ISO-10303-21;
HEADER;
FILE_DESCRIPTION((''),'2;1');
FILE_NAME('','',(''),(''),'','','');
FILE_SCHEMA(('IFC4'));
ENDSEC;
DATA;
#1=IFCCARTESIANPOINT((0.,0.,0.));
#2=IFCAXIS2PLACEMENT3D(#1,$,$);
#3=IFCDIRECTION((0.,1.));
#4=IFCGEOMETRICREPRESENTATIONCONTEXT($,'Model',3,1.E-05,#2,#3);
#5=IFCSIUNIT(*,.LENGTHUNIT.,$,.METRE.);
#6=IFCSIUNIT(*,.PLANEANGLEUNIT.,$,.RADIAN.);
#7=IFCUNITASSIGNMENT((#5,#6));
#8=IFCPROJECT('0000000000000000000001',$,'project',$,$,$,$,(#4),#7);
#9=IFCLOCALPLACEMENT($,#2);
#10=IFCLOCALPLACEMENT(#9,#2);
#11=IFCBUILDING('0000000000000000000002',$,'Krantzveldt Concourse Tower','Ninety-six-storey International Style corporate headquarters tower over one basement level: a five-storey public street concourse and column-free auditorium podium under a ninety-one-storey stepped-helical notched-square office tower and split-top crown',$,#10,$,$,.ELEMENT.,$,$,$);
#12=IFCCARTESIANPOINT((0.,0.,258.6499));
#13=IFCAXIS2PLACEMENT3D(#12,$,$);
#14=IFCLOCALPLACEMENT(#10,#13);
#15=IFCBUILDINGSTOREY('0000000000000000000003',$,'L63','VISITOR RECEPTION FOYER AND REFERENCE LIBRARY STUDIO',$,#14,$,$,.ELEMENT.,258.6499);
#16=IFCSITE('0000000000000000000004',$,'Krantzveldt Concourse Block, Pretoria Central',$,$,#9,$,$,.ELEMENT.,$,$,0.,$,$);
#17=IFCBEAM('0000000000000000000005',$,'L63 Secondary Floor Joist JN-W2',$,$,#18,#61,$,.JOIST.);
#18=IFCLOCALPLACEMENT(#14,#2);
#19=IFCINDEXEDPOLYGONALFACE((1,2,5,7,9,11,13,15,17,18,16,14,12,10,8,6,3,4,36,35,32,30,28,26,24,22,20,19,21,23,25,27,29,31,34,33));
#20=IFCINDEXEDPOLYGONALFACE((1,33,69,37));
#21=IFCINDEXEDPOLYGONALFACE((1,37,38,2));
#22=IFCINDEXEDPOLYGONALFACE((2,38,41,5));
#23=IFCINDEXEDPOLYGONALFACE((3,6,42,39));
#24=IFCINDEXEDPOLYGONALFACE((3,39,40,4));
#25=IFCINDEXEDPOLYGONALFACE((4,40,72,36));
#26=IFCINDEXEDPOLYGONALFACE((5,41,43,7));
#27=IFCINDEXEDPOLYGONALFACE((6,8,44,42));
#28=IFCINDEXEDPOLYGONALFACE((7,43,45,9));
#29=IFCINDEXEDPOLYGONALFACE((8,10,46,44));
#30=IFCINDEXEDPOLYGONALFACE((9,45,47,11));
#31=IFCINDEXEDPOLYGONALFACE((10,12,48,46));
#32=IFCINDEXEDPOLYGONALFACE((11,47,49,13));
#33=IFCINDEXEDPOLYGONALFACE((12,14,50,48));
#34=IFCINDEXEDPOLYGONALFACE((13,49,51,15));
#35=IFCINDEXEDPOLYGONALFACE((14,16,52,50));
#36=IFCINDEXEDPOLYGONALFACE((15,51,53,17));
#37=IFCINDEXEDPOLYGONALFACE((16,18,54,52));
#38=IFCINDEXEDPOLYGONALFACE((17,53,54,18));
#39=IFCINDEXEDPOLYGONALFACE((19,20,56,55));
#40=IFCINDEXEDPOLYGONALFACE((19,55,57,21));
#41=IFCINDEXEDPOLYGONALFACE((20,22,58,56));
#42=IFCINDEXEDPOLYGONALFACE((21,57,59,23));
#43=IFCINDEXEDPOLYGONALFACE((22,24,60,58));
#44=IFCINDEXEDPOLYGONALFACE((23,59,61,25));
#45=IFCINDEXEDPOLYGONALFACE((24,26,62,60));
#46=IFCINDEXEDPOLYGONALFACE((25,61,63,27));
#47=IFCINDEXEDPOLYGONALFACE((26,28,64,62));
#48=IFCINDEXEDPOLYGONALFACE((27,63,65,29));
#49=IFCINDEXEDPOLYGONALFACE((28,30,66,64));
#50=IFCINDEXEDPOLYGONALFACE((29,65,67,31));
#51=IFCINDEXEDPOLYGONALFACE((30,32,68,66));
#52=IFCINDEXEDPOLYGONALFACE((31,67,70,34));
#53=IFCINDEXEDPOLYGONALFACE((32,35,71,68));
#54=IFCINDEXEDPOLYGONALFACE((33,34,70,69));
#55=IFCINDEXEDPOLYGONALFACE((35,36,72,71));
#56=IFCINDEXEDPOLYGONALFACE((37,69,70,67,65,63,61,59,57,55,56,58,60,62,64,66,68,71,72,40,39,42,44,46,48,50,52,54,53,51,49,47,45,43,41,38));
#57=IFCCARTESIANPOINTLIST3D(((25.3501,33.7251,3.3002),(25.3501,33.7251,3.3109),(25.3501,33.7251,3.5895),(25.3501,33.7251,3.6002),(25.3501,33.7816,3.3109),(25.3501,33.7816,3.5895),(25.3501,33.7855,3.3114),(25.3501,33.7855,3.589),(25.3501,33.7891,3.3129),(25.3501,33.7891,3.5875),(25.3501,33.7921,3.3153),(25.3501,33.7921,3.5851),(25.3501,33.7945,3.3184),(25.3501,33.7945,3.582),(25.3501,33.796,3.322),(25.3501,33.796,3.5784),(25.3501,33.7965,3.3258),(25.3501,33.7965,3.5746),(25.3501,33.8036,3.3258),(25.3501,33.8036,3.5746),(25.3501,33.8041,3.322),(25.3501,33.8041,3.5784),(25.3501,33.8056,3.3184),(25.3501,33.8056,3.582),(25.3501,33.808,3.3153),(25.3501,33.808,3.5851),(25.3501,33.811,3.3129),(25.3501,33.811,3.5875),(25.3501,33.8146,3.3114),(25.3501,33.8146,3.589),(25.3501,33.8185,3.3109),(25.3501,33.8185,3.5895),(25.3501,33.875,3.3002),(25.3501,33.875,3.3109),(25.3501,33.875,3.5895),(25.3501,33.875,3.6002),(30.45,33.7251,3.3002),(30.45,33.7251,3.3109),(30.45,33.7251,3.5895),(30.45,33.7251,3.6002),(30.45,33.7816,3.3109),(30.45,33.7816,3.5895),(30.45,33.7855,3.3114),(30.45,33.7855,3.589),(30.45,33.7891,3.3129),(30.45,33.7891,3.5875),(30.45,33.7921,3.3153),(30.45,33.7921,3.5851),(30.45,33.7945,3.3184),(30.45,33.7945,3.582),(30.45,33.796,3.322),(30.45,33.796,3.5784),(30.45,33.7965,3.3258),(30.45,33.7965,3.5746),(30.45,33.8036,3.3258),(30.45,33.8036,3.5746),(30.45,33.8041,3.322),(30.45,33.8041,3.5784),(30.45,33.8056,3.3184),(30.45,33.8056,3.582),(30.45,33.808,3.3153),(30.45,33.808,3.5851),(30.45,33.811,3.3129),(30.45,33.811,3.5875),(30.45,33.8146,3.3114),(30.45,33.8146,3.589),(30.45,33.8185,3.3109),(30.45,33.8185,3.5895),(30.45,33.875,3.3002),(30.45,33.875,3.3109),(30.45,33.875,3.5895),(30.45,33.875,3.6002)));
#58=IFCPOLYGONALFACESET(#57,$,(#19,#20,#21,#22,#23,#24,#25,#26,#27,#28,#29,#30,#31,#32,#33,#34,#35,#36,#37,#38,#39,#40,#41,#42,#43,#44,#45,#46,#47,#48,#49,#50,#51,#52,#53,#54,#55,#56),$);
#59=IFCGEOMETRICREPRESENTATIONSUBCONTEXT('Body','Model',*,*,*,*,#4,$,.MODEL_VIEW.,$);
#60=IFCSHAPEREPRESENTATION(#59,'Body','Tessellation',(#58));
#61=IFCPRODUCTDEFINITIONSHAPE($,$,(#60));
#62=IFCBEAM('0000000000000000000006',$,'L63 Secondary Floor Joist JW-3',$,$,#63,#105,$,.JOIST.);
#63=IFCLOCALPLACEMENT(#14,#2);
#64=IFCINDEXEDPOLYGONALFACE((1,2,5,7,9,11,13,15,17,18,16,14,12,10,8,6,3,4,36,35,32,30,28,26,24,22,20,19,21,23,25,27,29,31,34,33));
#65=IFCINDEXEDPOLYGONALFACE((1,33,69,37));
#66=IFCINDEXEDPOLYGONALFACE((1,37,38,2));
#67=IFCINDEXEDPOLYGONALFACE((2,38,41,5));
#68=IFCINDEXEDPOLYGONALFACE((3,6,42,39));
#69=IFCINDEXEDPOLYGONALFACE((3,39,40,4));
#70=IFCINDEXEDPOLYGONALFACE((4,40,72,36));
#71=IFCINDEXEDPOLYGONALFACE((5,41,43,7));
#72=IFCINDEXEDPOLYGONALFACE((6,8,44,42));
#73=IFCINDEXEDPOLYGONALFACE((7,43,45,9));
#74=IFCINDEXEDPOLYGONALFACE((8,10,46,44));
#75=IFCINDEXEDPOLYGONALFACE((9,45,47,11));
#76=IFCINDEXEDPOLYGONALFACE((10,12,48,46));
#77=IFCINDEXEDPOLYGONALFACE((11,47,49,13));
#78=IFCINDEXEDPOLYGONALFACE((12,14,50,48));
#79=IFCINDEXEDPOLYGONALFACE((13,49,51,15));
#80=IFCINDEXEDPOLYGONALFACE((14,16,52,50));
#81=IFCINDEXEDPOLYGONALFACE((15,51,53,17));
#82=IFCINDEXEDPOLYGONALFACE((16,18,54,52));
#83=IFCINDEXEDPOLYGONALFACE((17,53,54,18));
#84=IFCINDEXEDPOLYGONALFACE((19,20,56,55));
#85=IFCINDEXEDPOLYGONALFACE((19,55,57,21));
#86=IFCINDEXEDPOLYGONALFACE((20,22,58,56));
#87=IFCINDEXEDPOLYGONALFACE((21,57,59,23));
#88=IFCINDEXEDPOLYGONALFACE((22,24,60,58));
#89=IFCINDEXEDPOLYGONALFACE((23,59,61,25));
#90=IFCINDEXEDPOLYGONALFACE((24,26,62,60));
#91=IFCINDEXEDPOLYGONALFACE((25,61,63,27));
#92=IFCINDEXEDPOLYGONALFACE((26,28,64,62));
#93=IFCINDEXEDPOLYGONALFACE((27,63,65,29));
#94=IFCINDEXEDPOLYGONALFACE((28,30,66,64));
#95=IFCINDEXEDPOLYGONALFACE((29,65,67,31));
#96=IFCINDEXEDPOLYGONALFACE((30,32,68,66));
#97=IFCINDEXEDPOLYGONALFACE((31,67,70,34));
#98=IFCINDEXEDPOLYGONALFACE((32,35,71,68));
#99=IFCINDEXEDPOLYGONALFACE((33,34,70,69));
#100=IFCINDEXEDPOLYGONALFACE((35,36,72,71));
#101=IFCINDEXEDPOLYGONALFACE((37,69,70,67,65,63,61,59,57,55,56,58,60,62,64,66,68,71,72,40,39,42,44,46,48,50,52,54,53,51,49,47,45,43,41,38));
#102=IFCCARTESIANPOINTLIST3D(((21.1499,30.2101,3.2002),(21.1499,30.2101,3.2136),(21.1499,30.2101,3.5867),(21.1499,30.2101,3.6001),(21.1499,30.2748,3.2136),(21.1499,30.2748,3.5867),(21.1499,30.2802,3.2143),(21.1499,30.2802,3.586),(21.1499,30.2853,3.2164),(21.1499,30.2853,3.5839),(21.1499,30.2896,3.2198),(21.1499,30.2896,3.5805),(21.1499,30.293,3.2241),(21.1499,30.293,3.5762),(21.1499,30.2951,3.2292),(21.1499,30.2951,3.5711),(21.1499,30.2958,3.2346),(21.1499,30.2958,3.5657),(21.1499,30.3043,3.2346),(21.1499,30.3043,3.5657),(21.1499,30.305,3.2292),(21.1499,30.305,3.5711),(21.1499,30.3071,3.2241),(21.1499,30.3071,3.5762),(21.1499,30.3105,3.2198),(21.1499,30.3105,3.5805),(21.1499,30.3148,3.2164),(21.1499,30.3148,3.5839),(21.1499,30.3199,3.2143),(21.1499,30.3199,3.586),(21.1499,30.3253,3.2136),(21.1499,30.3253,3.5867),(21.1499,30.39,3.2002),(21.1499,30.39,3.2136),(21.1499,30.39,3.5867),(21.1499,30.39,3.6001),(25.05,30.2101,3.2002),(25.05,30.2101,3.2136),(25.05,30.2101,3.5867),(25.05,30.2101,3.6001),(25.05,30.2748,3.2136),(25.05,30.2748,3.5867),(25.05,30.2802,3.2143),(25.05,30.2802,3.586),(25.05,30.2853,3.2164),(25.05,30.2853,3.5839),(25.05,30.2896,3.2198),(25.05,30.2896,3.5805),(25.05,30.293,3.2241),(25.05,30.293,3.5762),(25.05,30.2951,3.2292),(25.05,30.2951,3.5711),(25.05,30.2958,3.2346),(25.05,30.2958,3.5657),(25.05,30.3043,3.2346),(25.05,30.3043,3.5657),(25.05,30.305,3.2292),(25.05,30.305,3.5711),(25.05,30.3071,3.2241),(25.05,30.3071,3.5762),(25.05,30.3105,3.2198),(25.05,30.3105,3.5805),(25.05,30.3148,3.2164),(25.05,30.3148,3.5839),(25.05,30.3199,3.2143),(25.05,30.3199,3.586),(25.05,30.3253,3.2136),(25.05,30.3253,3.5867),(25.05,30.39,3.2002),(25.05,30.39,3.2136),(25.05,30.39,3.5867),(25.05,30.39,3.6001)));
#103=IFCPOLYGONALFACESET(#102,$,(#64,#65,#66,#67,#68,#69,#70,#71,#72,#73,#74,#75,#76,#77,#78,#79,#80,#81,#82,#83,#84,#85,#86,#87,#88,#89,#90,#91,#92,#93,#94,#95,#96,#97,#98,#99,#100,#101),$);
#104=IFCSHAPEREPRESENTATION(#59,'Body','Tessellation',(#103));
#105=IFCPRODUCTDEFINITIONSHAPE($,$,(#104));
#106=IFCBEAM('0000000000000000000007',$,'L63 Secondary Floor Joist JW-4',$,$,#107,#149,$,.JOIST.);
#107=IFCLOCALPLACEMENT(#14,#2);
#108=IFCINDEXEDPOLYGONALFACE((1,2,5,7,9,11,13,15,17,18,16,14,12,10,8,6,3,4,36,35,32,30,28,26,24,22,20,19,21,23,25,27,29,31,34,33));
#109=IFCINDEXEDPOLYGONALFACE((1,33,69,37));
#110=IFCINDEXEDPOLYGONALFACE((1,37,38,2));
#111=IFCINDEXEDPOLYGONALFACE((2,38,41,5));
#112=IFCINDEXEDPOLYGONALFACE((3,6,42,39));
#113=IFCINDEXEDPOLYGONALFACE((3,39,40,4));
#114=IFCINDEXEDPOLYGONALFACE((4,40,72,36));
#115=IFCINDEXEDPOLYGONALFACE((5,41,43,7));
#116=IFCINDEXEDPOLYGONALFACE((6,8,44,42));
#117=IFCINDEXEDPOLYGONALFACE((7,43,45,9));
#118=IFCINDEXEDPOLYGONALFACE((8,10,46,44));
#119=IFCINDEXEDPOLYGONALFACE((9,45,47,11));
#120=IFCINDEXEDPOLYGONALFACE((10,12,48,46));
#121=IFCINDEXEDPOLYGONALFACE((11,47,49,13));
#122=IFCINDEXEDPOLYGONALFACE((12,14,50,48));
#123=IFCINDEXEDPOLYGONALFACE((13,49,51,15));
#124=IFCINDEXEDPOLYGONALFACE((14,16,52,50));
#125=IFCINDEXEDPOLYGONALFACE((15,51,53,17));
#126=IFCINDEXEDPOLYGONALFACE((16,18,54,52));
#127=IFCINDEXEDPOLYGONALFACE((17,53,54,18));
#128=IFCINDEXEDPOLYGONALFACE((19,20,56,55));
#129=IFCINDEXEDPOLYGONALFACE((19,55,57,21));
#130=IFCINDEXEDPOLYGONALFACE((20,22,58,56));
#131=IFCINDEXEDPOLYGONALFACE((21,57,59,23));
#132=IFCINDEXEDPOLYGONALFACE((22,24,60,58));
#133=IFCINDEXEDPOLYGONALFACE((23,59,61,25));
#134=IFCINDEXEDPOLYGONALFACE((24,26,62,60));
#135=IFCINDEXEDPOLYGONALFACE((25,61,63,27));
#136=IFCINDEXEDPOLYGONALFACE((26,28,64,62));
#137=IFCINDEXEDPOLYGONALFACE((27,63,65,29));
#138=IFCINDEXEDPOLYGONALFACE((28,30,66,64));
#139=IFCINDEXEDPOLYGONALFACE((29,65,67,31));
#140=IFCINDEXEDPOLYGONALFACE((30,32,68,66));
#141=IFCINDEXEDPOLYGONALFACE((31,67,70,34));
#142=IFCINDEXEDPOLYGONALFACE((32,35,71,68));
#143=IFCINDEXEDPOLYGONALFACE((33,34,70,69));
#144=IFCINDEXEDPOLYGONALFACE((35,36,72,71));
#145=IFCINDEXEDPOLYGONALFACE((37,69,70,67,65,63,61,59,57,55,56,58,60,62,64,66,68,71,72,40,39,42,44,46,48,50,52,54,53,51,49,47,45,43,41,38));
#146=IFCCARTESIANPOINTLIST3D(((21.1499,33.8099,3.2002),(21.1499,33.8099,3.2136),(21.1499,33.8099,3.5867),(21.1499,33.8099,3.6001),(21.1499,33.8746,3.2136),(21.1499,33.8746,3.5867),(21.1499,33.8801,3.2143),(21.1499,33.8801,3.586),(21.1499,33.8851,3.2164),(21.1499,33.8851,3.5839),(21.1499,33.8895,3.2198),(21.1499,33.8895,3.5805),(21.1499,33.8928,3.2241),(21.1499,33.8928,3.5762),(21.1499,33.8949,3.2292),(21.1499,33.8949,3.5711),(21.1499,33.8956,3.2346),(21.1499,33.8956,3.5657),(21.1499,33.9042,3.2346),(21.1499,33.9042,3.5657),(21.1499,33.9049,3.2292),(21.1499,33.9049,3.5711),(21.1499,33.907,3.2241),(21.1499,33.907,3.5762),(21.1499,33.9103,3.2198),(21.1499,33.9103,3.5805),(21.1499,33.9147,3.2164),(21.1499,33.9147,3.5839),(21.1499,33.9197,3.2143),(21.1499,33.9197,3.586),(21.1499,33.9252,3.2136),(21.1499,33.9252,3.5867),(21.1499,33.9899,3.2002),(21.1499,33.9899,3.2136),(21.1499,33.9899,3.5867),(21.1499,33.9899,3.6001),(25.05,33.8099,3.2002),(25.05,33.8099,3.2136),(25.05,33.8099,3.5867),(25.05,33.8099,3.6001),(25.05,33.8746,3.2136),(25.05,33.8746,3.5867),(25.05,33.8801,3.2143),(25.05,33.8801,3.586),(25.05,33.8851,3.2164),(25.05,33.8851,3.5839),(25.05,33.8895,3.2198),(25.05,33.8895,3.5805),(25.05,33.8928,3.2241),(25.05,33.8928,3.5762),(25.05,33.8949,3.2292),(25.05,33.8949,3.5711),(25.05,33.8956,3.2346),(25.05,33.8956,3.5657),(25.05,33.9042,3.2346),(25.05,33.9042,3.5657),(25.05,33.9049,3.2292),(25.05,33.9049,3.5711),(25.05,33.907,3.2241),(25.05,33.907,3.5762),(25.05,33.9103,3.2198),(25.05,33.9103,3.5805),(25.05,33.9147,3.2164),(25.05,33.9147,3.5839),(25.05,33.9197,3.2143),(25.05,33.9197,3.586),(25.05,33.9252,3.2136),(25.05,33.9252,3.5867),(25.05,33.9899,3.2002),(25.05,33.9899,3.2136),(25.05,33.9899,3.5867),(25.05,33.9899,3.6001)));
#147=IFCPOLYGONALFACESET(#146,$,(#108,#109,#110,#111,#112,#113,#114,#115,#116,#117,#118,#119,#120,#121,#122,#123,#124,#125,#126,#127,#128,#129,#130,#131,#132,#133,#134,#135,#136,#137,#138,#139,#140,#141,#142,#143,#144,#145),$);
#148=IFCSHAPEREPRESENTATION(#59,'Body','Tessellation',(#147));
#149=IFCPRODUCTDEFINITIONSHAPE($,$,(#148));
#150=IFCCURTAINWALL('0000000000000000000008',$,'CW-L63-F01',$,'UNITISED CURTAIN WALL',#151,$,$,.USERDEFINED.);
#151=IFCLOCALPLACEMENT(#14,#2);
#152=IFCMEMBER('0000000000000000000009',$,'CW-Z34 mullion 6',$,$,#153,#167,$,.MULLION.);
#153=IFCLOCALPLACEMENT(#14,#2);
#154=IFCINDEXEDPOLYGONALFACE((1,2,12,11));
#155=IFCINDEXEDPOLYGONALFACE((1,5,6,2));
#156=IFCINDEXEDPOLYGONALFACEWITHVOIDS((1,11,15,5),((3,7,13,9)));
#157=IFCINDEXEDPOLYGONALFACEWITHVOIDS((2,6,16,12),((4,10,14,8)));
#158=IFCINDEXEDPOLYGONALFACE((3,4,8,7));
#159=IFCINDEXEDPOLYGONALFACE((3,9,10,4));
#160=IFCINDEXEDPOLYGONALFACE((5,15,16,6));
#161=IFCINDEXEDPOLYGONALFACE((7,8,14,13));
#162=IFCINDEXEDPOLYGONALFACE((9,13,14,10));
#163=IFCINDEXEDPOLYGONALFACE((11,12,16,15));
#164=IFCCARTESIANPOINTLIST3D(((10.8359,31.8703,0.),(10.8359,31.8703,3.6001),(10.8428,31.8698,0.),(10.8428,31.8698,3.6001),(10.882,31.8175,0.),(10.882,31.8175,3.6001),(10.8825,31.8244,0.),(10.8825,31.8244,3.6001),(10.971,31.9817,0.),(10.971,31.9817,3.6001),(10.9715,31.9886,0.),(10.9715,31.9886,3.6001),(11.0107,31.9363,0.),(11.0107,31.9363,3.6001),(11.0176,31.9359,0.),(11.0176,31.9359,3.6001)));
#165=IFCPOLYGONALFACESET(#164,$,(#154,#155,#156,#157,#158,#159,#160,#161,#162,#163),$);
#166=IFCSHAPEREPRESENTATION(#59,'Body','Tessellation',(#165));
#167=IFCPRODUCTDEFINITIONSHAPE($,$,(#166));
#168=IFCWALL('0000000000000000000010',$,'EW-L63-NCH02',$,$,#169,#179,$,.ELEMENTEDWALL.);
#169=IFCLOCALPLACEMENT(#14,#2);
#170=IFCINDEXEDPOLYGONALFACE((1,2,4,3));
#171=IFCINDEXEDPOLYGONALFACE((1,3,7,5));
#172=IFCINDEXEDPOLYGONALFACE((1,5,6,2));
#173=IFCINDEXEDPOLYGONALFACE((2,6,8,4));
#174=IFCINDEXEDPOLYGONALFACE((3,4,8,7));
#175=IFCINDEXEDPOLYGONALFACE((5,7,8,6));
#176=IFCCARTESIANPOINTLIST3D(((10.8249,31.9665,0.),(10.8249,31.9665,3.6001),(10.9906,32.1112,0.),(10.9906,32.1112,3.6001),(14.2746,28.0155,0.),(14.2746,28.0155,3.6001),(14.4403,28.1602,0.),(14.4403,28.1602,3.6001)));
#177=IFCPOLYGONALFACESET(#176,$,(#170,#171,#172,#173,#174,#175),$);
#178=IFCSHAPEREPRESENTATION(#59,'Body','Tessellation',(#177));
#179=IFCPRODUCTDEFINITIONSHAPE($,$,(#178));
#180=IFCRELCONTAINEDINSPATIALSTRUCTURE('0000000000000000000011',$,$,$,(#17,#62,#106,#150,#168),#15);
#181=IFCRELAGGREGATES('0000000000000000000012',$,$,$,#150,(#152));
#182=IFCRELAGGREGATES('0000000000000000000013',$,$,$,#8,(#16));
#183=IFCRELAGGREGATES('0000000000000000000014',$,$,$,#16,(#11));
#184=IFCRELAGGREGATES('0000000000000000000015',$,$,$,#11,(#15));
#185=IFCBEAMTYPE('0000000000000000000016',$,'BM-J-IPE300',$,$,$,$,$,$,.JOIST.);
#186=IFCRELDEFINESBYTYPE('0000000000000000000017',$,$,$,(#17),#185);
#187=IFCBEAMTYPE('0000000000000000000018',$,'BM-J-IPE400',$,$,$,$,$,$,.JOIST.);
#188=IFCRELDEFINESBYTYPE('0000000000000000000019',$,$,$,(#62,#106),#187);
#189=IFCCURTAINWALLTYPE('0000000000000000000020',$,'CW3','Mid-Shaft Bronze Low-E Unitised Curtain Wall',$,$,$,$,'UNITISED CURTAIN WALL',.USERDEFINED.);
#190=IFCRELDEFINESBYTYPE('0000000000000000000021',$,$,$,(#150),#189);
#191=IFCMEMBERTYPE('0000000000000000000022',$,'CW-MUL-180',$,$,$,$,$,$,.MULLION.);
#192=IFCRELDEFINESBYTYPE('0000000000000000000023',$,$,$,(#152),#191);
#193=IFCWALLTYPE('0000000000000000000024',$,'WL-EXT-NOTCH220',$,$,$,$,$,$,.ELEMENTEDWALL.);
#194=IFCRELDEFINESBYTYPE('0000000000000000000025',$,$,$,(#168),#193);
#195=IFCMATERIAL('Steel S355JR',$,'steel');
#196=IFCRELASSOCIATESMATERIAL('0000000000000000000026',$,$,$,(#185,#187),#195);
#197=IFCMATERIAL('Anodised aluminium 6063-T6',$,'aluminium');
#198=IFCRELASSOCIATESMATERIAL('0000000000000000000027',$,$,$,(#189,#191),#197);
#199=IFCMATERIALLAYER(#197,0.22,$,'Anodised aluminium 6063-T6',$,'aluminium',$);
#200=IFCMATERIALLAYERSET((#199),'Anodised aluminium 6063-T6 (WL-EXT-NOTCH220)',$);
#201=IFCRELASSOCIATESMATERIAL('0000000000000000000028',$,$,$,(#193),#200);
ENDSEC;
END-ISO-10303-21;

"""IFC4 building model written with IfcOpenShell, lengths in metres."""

from ifc_helpers import new_model, si_unit, direction, frame, frame_2d, origin, origin_2d, place, context, subcontext, project, spatial, rectangle, hollow_rectangle, i_section, extrude, source, transform, mapped, material, layer, layer_set, material_profile, profile_set, type_object, type_shapes, element, aggregate, save


model = new_model("IFC4")

# Units and contexts
model_context = context("Model", 3, precision=1e-05, world=origin(), true_north=direction((0.0, 1.0)))
body_context = subcontext(model_context, "Body", "Model", "MODEL_VIEW")
ifc_project = project(units=[si_unit("LENGTHUNIT", "METRE"), si_unit("PLANEANGLEUNIT", "RADIAN")], contexts=[model_context])

# Site, building, storey
site_placement = place(None, origin())
site = spatial("IfcSite", under=ifc_project, at=site_placement, Name="Krantzveldt Concourse Block, Pretoria Central", CompositionType="ELEMENT", RefElevation=0.0)
building_placement = place(site_placement, origin())
building = spatial("IfcBuilding", under=site, at=building_placement, Name="Krantzveldt Concourse Tower", Description="Ninety-six-storey International Style corporate headquarters tower over one basement level: a five-storey public street concourse and column-free auditorium podium under a ninety-one-storey stepped-helical notched-square office tower and split-top crown", CompositionType="ELEMENT")
storey_placement = place(building_placement, frame((0.0, 0.0, 258.6499)))
storey = spatial("IfcBuildingStorey", under=building, at=storey_placement, Name="L63", Description="VISITOR RECEPTION FOYER AND REFERENCE LIBRARY STUDIO", CompositionType="ELEMENT", Elevation=258.6499)

# Beams
ifc_material_1 = material(Name="Steel S355JR", Category="steel")
ifc_material_profile_1 = material_profile(ifc_material_1, i_section(OverallWidth=0.1499, OverallDepth=0.3, WebThickness=0.0071, FlangeThickness=0.0107, FilletRadius=0.0149, at=origin_2d()), Name="Steel S355JR", Category="steel")
ifc_profile_set_1 = profile_set([ifc_material_profile_1], Name="Steel S355JR - IPE 300")
beam_type_1 = type_object("IfcBeamType", Name="BM-J-IPE300", PredefinedType="JOIST", material=ifc_profile_set_1)
shared_shape_1 = source(origin(), body_context, "Body", "SweptSolid", [
    extrude(i_section(OverallWidth=0.1499, OverallDepth=0.3, WebThickness=0.0071, FlangeThickness=0.0107, FilletRadius=0.0149, at=origin_2d()), origin(), (0.0, 0.0, 1.0), 5.0999),
])
type_shapes(beam_type_1, [shared_shape_1])
for number, where, z_axis, x_axis, name in (
    (1, (25.3501, 33.8, 3.4502), (1.0, 0.0, 0.0), (0.0, 1.0, 0.0), "L63 Secondary Floor Joist JN-W2"),
):
    element("IfcBeam", number, at=place(storey_placement, frame(where, z_axis=z_axis, x_axis=x_axis)), inside=storey, type_object=beam_type_1, Name=name, PredefinedType="JOIST", context=body_context, shape_type="MappedRepresentation", body=[
        mapped(shared_shape_1, transform((0.0, 0.0, 0.0), x_axis=(1.0, 0.0, 0.0), y_axis=(0.0, 1.0, 0.0), z_axis=(0.0, 0.0, 1.0), scale=1.0)),
    ])
ifc_material_profile_2 = material_profile(ifc_material_1, i_section(OverallWidth=0.1799, OverallDepth=0.3999, WebThickness=0.0085, FlangeThickness=0.0134, FilletRadius=0.021, at=origin_2d()), Name="Steel S355JR", Category="steel")
ifc_profile_set_2 = profile_set([ifc_material_profile_2], Name="Steel S355JR - IPE 400")
beam_type_2 = type_object("IfcBeamType", Name="BM-J-IPE400", PredefinedType="JOIST", material=ifc_profile_set_2)
shared_shape_2 = source(origin(), body_context, "Body", "SweptSolid", [
    extrude(i_section(OverallWidth=0.1799, OverallDepth=0.3999, WebThickness=0.0085, FlangeThickness=0.0134, FilletRadius=0.021, at=origin_2d()), origin(), (0.0, 0.0, 1.0), 3.9001),
])
type_shapes(beam_type_2, [shared_shape_2])
for number, where, z_axis, x_axis, name in (
    (2, (21.1499, 30.3, 3.4001), (1.0, 0.0, 0.0), (0.0, 1.0, 0.0), "L63 Secondary Floor Joist JW-3"),
    (3, (21.1499, 33.8999, 3.4001), (1.0, 0.0, 0.0), (0.0, 1.0, 0.0), "L63 Secondary Floor Joist JW-4"),
):
    element("IfcBeam", number, at=place(storey_placement, frame(where, z_axis=z_axis, x_axis=x_axis)), inside=storey, type_object=beam_type_2, Name=name, PredefinedType="JOIST", context=body_context, shape_type="MappedRepresentation", body=[
        mapped(shared_shape_2, transform((0.0, 0.0, 0.0), x_axis=(1.0, 0.0, 0.0), y_axis=(0.0, 1.0, 0.0), z_axis=(0.0, 0.0, 1.0), scale=1.0)),
    ])

# Curtain wall, member
ifc_material_2 = material(Name="Anodised aluminium 6063-T6", Category="aluminium")
curtain_wall_type = type_object("IfcCurtainWallType", Name="CW3", Description="Mid-Shaft Bronze Low-E Unitised Curtain Wall", ElementType="UNITISED CURTAIN WALL", PredefinedType="USERDEFINED", material=ifc_material_2)
curtain_wall_placement = place(storey_placement, origin())
curtain_wall = element("IfcCurtainWall", 4, at=curtain_wall_placement, inside=storey, type_object=curtain_wall_type, Name="CW-L63-F01", ObjectType="UNITISED CURTAIN WALL", PredefinedType="USERDEFINED")
ifc_material_profile_3 = material_profile(ifc_material_2, hollow_rectangle(XDim=0.0701, YDim=0.1799, WallThickness=0.0049, at=origin_2d()), Name="Anodised aluminium 6063-T6", Category="aluminium")
ifc_profile_set_3 = profile_set([ifc_material_profile_3], Name="Anodised aluminium 6063-T6 - ALU-MULL 180x70x5")
member_type = type_object("IfcMemberType", Name="CW-MUL-180", PredefinedType="MULLION", material=ifc_profile_set_3)
shared_shape_3 = source(origin(), body_context, "Body", "SweptSolid", [
    extrude(hollow_rectangle(XDim=0.0701, YDim=0.1799, WallThickness=0.0049, at=origin_2d()), origin(), (0.0, 0.0, 1.0), 3.6001),
])
type_shapes(member_type, [shared_shape_3])
member_placement = place(storey_placement, frame((10.9268, 31.9031, 0.0), z_axis=(0.0, 0.0, 1.0), x_axis=(0.657704, -0.753277, 0.0)))
member = element("IfcMember", 5, at=member_placement, type_object=member_type, Name="CW-Z34 mullion 6", PredefinedType="MULLION", context=body_context, shape_type="MappedRepresentation", body=[
    mapped(shared_shape_3, transform((0.0, 0.0, 0.0), x_axis=(1.0, 0.0, 0.0), y_axis=(0.0, 1.0, 0.0), z_axis=(0.0, 0.0, 1.0), scale=1.0)),
])
aggregate(curtain_wall, [member])

# Wall
ifc_layer_1 = layer(ifc_material_2, 0.22, Name="Anodised aluminium 6063-T6", Category="aluminium")
ifc_layer_set_1 = layer_set([ifc_layer_1], Name="Anodised aluminium 6063-T6 (WL-EXT-NOTCH220)")
wall_type_1 = type_object("IfcWallType", Name="WL-EXT-NOTCH220", PredefinedType="ELEMENTEDWALL", material=ifc_layer_set_1)
wall_1_placement = place(storey_placement, frame((10.9077, 32.0388, 0.0), z_axis=(0.0, 0.0, 1.0), x_axis=(0.65771, -0.753271, 0.0)))
element("IfcWall", 6, at=wall_1_placement, inside=storey, type_object=wall_type_1, Name="EW-L63-NCH02", PredefinedType="ELEMENTEDWALL", context=body_context, shape_type="SweptSolid", body=[
    extrude(rectangle(XDim=5.2451, YDim=0.22, at=frame_2d((2.6226, 0.0))), origin(), (0.0, 0.0, 1.0), 3.6001),
])

save(model, "model.ifc")
